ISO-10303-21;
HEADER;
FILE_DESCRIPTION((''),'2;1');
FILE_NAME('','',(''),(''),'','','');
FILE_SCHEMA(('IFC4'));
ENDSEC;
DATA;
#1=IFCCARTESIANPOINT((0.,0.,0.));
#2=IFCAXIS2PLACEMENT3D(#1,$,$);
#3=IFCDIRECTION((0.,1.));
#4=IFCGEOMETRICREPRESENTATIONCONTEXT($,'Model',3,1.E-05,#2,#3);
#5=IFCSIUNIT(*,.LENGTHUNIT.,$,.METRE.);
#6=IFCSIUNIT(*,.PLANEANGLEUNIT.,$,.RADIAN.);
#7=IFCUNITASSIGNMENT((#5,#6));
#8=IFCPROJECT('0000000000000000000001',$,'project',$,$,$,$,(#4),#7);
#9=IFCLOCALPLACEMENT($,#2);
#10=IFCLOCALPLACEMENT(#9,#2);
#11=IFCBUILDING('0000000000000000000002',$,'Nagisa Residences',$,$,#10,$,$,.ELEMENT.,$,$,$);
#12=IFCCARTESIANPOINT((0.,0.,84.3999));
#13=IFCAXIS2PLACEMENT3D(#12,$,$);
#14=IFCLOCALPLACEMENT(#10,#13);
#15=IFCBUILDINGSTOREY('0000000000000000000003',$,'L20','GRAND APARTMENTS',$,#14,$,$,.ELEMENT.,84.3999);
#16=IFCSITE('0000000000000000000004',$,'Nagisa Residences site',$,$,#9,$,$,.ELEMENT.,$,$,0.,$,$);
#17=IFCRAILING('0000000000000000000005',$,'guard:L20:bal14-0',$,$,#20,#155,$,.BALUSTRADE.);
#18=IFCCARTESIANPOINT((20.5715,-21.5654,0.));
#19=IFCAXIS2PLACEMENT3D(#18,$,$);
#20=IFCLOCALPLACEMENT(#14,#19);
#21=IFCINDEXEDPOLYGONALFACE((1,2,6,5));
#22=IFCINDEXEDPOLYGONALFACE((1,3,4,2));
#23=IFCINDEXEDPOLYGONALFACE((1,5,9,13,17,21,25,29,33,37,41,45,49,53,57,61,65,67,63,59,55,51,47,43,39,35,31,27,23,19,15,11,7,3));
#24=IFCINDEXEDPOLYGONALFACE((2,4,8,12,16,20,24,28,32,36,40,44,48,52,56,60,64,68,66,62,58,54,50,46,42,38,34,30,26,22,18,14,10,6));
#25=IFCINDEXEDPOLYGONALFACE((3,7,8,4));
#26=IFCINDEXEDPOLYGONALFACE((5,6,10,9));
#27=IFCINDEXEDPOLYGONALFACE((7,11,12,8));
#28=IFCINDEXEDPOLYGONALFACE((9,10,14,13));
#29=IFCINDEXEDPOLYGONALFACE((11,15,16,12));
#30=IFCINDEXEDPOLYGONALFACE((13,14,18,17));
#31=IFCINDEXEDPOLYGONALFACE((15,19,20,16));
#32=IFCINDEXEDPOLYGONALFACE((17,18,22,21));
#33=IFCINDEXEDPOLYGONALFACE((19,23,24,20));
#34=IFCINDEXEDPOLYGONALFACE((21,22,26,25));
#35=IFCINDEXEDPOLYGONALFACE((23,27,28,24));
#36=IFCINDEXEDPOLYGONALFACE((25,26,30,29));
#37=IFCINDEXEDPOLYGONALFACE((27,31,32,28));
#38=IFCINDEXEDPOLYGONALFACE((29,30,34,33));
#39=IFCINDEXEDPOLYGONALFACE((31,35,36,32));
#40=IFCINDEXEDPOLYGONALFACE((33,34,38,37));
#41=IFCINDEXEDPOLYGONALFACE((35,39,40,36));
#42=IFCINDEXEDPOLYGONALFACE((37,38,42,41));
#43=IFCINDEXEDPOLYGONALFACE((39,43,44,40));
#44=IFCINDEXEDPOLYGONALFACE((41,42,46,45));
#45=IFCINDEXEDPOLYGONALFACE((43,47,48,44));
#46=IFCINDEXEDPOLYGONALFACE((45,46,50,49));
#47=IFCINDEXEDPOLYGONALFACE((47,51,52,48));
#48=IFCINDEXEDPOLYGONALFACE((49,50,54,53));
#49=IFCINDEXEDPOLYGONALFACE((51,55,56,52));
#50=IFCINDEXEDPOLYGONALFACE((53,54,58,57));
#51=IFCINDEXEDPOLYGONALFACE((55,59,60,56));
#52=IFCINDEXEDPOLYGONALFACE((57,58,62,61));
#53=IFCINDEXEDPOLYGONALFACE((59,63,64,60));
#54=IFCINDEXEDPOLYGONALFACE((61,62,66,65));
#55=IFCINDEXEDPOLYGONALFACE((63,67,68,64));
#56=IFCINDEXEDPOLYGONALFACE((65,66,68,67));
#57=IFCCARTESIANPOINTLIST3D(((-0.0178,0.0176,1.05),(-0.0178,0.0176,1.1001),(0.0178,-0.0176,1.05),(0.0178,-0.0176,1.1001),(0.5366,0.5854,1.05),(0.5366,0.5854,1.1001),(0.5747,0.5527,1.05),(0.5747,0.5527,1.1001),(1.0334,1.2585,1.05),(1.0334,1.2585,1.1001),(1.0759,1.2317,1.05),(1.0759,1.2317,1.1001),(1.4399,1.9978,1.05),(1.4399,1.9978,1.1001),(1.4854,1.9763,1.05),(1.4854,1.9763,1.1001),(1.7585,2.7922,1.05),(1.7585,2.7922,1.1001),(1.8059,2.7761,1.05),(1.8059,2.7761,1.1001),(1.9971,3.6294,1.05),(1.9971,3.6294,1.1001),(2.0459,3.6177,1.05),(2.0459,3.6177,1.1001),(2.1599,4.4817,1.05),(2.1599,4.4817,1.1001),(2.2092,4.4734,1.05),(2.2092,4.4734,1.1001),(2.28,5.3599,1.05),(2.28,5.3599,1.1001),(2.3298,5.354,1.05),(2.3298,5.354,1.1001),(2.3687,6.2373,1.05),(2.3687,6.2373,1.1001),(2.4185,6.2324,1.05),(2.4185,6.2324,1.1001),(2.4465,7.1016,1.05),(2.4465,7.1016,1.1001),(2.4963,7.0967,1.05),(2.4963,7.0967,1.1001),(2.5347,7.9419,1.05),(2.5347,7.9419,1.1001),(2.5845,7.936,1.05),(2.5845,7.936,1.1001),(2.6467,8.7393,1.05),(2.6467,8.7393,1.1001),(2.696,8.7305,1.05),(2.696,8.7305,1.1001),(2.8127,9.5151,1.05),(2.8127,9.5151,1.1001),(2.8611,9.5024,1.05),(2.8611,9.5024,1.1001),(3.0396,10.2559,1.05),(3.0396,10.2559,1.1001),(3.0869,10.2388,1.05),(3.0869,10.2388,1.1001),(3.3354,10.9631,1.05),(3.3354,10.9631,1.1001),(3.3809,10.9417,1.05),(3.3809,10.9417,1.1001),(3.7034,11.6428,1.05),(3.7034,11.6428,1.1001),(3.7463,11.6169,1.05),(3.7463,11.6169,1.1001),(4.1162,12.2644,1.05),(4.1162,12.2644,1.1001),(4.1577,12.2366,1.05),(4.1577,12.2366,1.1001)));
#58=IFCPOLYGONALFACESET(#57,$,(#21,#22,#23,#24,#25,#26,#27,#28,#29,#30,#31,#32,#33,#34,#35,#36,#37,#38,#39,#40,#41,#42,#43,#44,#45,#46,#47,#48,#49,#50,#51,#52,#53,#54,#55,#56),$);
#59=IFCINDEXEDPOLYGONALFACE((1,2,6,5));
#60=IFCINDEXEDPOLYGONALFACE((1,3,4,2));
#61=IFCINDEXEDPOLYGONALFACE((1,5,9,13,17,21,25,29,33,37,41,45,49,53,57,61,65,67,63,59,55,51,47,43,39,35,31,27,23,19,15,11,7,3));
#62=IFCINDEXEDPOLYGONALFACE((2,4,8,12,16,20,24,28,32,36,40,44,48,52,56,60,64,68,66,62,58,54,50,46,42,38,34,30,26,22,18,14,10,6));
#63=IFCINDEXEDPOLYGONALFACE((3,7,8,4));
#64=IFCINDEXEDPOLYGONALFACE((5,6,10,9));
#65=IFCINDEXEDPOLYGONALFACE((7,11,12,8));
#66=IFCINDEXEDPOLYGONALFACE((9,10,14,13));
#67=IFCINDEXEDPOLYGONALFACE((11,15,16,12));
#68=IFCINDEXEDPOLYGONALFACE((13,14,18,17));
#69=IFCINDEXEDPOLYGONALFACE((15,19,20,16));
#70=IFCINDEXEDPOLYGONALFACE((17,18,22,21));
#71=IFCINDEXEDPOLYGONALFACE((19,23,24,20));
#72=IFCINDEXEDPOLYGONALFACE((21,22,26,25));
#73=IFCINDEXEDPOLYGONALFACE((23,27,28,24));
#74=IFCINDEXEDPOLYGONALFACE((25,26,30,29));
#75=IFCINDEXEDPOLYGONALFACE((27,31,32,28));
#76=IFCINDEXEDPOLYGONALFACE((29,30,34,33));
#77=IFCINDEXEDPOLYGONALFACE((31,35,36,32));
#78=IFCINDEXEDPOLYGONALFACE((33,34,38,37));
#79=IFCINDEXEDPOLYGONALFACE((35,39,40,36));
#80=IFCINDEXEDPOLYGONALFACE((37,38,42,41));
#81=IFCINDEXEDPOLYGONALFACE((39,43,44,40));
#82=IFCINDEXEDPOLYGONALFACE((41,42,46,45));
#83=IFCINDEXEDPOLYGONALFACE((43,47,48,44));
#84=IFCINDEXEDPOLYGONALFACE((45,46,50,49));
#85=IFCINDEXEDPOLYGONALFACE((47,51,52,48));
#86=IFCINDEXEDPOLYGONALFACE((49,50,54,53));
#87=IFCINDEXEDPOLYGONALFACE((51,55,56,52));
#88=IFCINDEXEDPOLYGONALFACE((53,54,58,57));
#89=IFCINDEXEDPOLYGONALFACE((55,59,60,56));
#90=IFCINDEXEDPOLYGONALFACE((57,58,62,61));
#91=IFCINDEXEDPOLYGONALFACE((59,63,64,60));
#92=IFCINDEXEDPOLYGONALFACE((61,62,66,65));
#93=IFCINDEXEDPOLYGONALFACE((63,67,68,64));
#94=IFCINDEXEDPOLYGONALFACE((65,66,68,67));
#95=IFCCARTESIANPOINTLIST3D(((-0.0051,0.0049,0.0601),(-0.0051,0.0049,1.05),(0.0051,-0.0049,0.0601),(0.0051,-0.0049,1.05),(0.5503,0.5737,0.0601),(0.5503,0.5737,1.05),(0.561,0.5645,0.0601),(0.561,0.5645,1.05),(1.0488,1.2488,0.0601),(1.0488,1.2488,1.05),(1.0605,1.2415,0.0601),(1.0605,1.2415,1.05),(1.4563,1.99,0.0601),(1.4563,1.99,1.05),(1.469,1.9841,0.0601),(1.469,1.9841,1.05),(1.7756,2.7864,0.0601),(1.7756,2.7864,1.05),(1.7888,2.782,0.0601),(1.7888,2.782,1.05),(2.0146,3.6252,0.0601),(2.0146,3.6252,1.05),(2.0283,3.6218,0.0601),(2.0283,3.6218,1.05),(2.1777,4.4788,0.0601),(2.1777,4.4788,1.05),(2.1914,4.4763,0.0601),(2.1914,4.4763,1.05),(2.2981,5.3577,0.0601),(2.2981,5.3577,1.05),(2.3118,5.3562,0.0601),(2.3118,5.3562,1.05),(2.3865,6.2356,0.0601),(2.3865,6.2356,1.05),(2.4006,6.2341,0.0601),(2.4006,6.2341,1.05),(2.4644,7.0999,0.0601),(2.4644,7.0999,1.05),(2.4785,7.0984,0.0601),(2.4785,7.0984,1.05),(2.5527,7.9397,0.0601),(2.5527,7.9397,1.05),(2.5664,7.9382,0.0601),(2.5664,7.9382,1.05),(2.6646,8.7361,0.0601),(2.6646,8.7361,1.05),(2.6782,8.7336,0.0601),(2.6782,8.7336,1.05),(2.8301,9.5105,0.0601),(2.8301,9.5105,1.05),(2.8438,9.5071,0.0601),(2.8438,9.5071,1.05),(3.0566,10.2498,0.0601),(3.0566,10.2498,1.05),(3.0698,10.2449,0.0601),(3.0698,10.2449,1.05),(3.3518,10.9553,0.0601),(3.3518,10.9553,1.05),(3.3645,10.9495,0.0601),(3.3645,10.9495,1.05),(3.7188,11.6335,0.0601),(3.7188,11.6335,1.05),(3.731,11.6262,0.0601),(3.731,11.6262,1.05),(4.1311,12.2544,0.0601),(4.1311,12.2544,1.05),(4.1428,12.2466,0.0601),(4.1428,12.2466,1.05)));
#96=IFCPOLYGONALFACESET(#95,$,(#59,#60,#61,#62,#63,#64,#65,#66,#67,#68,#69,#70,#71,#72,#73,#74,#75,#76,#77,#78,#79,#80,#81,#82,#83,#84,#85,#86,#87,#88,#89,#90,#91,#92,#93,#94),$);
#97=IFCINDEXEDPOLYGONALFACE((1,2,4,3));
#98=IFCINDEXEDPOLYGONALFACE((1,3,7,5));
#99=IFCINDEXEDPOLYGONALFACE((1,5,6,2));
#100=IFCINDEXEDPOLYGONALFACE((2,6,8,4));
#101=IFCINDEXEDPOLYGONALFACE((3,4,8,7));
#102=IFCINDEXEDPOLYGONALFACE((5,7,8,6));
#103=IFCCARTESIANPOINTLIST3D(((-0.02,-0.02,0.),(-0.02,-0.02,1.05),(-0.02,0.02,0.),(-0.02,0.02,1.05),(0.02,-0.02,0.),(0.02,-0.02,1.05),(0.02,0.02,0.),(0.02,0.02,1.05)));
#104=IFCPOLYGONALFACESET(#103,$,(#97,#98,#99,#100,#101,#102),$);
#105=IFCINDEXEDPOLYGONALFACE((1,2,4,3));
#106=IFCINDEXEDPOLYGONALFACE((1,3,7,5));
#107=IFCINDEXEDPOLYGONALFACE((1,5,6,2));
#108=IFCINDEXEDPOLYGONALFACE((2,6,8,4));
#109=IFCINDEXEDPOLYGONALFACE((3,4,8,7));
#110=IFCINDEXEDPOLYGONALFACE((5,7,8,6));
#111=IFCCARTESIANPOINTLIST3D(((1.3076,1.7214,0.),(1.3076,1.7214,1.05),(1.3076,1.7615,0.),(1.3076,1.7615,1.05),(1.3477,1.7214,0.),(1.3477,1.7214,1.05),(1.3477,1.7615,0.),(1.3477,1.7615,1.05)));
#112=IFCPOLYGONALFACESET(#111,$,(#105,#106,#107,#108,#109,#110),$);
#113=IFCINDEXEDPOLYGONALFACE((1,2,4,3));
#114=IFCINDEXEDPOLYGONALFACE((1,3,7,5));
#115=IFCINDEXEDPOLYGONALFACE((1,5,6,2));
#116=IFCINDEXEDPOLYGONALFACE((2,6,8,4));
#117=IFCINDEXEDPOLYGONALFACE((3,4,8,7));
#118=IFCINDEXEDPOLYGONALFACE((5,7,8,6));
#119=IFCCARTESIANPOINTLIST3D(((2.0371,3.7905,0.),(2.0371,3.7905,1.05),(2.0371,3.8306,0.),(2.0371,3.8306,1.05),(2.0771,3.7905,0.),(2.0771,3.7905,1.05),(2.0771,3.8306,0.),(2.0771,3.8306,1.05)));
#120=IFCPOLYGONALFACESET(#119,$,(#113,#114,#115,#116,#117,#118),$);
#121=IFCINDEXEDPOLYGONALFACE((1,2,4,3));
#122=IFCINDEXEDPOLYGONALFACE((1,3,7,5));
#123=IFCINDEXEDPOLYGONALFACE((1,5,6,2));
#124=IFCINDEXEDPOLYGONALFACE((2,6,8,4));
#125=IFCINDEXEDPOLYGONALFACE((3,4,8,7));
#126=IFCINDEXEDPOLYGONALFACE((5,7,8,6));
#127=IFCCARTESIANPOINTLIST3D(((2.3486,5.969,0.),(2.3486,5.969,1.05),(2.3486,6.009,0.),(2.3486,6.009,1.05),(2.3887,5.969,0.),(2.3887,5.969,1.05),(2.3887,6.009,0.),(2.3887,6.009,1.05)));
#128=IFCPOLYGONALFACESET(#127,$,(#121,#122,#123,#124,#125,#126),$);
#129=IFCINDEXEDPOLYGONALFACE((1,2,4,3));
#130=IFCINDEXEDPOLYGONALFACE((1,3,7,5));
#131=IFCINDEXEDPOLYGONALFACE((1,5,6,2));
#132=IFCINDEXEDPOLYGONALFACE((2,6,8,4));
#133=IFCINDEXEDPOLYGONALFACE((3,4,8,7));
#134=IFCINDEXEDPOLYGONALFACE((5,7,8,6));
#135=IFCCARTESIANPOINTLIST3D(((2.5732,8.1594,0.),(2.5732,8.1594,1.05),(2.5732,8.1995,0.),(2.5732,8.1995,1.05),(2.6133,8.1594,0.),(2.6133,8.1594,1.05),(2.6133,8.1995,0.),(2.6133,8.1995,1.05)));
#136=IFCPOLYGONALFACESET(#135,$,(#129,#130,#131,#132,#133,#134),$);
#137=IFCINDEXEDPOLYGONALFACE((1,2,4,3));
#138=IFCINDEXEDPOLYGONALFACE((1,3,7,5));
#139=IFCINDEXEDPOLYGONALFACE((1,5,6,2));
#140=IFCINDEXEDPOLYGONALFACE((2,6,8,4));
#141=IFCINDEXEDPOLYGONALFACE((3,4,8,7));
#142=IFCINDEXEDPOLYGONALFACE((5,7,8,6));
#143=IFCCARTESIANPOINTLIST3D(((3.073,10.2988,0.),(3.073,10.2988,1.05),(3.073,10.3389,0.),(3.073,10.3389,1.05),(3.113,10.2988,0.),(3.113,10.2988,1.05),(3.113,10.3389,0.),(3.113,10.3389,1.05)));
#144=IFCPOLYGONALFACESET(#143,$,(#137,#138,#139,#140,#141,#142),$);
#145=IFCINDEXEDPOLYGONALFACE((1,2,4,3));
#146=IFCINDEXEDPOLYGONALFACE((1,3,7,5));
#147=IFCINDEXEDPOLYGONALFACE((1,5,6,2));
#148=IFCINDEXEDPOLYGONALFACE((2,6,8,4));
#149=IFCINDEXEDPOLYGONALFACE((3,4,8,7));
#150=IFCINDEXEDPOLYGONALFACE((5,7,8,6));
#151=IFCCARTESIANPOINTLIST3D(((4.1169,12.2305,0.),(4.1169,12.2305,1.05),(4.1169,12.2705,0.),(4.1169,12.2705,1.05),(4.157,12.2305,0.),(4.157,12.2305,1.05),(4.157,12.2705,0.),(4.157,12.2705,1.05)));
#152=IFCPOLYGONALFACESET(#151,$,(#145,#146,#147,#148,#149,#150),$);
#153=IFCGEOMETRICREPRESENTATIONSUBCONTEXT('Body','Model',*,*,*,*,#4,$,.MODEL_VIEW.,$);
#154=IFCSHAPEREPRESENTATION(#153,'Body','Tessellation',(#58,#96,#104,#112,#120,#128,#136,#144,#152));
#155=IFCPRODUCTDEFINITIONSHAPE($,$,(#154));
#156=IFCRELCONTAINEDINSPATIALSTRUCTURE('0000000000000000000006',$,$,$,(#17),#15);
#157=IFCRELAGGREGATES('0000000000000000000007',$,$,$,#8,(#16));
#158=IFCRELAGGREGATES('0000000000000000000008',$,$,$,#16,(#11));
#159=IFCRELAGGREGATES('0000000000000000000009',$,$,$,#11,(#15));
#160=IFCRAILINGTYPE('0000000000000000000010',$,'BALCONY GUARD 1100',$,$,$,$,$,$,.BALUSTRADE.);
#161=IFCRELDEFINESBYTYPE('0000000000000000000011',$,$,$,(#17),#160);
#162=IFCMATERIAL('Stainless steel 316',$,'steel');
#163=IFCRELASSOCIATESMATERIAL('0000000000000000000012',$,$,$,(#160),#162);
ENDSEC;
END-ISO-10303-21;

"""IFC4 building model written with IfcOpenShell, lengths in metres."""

from ifc_helpers import new_model, si_unit, direction, frame, origin, origin_2d, place, context, subcontext, project, spatial, polyline, rectangle, outline, extrude, material, type_object, element, save


model = new_model("IFC4")

# Units and contexts
model_context = context("Model", 3, precision=1e-05, world=origin(), true_north=direction((0.0, 1.0)))
body_context = subcontext(model_context, "Body", "Model", "MODEL_VIEW")
ifc_project = project(units=[si_unit("LENGTHUNIT", "METRE"), si_unit("PLANEANGLEUNIT", "RADIAN")], contexts=[model_context])

# Site, building, storey
site_placement = place(None, origin())
site = spatial("IfcSite", under=ifc_project, at=site_placement, Name="Nagisa Residences site", CompositionType="ELEMENT", RefElevation=0.0)
building_placement = place(site_placement, origin())
building = spatial("IfcBuilding", under=site, at=building_placement, Name="Nagisa Residences", CompositionType="ELEMENT")
storey_placement = place(building_placement, frame((0.0, 0.0, 84.3999)))
storey = spatial("IfcBuildingStorey", under=building, at=storey_placement, Name="L20", Description="GRAND APARTMENTS", CompositionType="ELEMENT", Elevation=84.3999)

# Railing
ifc_material_1 = material(Name="Stainless steel 316", Category="steel")
railing_type = type_object("IfcRailingType", Name="BALCONY GUARD 1100", PredefinedType="BALUSTRADE", material=ifc_material_1)
railing_1_placement = place(storey_placement, frame((20.5715, -21.5654, 0.0)))
element("IfcRailing", 1, at=railing_1_placement, inside=storey, type_object=railing_type, Name="guard:L20:bal14-0", PredefinedType="BALUSTRADE", context=body_context, shape_type="SweptSolid", body=[
    extrude(outline(polyline([(0.5366, 0.5854), (-0.0178, 0.0176), (0.0178, -0.0176), (0.5747, 0.5527), (1.0759, 1.2317), (1.4854, 1.9763), (1.8059, 2.7761), (2.0459, 3.6177), (2.2092, 4.4734), (2.3298, 5.354), (2.4185, 6.2324), (2.4963, 7.0967), (2.5845, 7.936), (2.696, 8.7305), (2.8611, 9.5024), (3.0869, 10.2388), (3.3809, 10.9417), (3.7463, 11.6169), (4.1577, 12.2366), (4.1162, 12.2644), (3.7034, 11.6428), (3.3354, 10.9631), (3.0396, 10.2559), (2.8127, 9.5151), (2.6467, 8.7393), (2.5347, 7.9419), (2.4465, 7.1016), (2.3687, 6.2373), (2.28, 5.3599), (2.1599, 4.4817), (1.9971, 3.6294), (1.7585, 2.7922), (1.4399, 1.9978), (1.0334, 1.2585), (0.5366, 0.5854)])), frame((0.0, 0.0, 1.05)), (0.0, 0.0, 1.0), 0.05),
    extrude(outline(polyline([(0.5503, 0.5737), (-0.0051, 0.0049), (0.0051, -0.0049), (0.561, 0.5645), (1.0605, 1.2415), (1.469, 1.9841), (1.7888, 2.782), (2.0283, 3.6218), (2.1914, 4.4763), (2.3118, 5.3562), (2.4006, 6.2341), (2.4785, 7.0984), (2.5664, 7.9382), (2.6782, 8.7336), (2.8438, 9.5071), (3.0698, 10.2449), (3.3645, 10.9495), (3.731, 11.6262), (4.1428, 12.2466), (4.1311, 12.2544), (3.7188, 11.6335), (3.3518, 10.9553), (3.0566, 10.2498), (2.8301, 9.5105), (2.6646, 8.7361), (2.5527, 7.9397), (2.4644, 7.0999), (2.3865, 6.2356), (2.2981, 5.3577), (2.1777, 4.4788), (2.0146, 3.6252), (1.7756, 2.7864), (1.4563, 1.99), (1.0488, 1.2488), (0.5503, 0.5737)])), frame((0.0, 0.0, 0.0601)), (0.0, 0.0, 1.0), 0.99),
    extrude(rectangle(XDim=0.04, YDim=0.04, at=origin_2d()), origin(), (0.0, 0.0, 1.0), 1.05),
    extrude(rectangle(XDim=0.04, YDim=0.04, at=origin_2d()), frame((1.3276, 1.7415, 0.0)), (0.0, 0.0, 1.0), 1.05),
    extrude(rectangle(XDim=0.04, YDim=0.04, at=origin_2d()), frame((2.0571, 3.8105, 0.0)), (0.0, 0.0, 1.0), 1.05),
    extrude(rectangle(XDim=0.04, YDim=0.04, at=origin_2d()), frame((2.3687, 5.989, 0.0)), (0.0, 0.0, 1.0), 1.05),
    extrude(rectangle(XDim=0.04, YDim=0.04, at=origin_2d()), frame((2.5933, 8.1794, 0.0)), (0.0, 0.0, 1.0), 1.05),
    extrude(rectangle(XDim=0.04, YDim=0.04, at=origin_2d()), frame((3.093, 10.3188, 0.0)), (0.0, 0.0, 1.0), 1.05),
    extrude(rectangle(XDim=0.04, YDim=0.04, at=origin_2d()), frame((4.137, 12.2505, 0.0)), (0.0, 0.0, 1.0), 1.05),
])

save(model, "model.ifc")
